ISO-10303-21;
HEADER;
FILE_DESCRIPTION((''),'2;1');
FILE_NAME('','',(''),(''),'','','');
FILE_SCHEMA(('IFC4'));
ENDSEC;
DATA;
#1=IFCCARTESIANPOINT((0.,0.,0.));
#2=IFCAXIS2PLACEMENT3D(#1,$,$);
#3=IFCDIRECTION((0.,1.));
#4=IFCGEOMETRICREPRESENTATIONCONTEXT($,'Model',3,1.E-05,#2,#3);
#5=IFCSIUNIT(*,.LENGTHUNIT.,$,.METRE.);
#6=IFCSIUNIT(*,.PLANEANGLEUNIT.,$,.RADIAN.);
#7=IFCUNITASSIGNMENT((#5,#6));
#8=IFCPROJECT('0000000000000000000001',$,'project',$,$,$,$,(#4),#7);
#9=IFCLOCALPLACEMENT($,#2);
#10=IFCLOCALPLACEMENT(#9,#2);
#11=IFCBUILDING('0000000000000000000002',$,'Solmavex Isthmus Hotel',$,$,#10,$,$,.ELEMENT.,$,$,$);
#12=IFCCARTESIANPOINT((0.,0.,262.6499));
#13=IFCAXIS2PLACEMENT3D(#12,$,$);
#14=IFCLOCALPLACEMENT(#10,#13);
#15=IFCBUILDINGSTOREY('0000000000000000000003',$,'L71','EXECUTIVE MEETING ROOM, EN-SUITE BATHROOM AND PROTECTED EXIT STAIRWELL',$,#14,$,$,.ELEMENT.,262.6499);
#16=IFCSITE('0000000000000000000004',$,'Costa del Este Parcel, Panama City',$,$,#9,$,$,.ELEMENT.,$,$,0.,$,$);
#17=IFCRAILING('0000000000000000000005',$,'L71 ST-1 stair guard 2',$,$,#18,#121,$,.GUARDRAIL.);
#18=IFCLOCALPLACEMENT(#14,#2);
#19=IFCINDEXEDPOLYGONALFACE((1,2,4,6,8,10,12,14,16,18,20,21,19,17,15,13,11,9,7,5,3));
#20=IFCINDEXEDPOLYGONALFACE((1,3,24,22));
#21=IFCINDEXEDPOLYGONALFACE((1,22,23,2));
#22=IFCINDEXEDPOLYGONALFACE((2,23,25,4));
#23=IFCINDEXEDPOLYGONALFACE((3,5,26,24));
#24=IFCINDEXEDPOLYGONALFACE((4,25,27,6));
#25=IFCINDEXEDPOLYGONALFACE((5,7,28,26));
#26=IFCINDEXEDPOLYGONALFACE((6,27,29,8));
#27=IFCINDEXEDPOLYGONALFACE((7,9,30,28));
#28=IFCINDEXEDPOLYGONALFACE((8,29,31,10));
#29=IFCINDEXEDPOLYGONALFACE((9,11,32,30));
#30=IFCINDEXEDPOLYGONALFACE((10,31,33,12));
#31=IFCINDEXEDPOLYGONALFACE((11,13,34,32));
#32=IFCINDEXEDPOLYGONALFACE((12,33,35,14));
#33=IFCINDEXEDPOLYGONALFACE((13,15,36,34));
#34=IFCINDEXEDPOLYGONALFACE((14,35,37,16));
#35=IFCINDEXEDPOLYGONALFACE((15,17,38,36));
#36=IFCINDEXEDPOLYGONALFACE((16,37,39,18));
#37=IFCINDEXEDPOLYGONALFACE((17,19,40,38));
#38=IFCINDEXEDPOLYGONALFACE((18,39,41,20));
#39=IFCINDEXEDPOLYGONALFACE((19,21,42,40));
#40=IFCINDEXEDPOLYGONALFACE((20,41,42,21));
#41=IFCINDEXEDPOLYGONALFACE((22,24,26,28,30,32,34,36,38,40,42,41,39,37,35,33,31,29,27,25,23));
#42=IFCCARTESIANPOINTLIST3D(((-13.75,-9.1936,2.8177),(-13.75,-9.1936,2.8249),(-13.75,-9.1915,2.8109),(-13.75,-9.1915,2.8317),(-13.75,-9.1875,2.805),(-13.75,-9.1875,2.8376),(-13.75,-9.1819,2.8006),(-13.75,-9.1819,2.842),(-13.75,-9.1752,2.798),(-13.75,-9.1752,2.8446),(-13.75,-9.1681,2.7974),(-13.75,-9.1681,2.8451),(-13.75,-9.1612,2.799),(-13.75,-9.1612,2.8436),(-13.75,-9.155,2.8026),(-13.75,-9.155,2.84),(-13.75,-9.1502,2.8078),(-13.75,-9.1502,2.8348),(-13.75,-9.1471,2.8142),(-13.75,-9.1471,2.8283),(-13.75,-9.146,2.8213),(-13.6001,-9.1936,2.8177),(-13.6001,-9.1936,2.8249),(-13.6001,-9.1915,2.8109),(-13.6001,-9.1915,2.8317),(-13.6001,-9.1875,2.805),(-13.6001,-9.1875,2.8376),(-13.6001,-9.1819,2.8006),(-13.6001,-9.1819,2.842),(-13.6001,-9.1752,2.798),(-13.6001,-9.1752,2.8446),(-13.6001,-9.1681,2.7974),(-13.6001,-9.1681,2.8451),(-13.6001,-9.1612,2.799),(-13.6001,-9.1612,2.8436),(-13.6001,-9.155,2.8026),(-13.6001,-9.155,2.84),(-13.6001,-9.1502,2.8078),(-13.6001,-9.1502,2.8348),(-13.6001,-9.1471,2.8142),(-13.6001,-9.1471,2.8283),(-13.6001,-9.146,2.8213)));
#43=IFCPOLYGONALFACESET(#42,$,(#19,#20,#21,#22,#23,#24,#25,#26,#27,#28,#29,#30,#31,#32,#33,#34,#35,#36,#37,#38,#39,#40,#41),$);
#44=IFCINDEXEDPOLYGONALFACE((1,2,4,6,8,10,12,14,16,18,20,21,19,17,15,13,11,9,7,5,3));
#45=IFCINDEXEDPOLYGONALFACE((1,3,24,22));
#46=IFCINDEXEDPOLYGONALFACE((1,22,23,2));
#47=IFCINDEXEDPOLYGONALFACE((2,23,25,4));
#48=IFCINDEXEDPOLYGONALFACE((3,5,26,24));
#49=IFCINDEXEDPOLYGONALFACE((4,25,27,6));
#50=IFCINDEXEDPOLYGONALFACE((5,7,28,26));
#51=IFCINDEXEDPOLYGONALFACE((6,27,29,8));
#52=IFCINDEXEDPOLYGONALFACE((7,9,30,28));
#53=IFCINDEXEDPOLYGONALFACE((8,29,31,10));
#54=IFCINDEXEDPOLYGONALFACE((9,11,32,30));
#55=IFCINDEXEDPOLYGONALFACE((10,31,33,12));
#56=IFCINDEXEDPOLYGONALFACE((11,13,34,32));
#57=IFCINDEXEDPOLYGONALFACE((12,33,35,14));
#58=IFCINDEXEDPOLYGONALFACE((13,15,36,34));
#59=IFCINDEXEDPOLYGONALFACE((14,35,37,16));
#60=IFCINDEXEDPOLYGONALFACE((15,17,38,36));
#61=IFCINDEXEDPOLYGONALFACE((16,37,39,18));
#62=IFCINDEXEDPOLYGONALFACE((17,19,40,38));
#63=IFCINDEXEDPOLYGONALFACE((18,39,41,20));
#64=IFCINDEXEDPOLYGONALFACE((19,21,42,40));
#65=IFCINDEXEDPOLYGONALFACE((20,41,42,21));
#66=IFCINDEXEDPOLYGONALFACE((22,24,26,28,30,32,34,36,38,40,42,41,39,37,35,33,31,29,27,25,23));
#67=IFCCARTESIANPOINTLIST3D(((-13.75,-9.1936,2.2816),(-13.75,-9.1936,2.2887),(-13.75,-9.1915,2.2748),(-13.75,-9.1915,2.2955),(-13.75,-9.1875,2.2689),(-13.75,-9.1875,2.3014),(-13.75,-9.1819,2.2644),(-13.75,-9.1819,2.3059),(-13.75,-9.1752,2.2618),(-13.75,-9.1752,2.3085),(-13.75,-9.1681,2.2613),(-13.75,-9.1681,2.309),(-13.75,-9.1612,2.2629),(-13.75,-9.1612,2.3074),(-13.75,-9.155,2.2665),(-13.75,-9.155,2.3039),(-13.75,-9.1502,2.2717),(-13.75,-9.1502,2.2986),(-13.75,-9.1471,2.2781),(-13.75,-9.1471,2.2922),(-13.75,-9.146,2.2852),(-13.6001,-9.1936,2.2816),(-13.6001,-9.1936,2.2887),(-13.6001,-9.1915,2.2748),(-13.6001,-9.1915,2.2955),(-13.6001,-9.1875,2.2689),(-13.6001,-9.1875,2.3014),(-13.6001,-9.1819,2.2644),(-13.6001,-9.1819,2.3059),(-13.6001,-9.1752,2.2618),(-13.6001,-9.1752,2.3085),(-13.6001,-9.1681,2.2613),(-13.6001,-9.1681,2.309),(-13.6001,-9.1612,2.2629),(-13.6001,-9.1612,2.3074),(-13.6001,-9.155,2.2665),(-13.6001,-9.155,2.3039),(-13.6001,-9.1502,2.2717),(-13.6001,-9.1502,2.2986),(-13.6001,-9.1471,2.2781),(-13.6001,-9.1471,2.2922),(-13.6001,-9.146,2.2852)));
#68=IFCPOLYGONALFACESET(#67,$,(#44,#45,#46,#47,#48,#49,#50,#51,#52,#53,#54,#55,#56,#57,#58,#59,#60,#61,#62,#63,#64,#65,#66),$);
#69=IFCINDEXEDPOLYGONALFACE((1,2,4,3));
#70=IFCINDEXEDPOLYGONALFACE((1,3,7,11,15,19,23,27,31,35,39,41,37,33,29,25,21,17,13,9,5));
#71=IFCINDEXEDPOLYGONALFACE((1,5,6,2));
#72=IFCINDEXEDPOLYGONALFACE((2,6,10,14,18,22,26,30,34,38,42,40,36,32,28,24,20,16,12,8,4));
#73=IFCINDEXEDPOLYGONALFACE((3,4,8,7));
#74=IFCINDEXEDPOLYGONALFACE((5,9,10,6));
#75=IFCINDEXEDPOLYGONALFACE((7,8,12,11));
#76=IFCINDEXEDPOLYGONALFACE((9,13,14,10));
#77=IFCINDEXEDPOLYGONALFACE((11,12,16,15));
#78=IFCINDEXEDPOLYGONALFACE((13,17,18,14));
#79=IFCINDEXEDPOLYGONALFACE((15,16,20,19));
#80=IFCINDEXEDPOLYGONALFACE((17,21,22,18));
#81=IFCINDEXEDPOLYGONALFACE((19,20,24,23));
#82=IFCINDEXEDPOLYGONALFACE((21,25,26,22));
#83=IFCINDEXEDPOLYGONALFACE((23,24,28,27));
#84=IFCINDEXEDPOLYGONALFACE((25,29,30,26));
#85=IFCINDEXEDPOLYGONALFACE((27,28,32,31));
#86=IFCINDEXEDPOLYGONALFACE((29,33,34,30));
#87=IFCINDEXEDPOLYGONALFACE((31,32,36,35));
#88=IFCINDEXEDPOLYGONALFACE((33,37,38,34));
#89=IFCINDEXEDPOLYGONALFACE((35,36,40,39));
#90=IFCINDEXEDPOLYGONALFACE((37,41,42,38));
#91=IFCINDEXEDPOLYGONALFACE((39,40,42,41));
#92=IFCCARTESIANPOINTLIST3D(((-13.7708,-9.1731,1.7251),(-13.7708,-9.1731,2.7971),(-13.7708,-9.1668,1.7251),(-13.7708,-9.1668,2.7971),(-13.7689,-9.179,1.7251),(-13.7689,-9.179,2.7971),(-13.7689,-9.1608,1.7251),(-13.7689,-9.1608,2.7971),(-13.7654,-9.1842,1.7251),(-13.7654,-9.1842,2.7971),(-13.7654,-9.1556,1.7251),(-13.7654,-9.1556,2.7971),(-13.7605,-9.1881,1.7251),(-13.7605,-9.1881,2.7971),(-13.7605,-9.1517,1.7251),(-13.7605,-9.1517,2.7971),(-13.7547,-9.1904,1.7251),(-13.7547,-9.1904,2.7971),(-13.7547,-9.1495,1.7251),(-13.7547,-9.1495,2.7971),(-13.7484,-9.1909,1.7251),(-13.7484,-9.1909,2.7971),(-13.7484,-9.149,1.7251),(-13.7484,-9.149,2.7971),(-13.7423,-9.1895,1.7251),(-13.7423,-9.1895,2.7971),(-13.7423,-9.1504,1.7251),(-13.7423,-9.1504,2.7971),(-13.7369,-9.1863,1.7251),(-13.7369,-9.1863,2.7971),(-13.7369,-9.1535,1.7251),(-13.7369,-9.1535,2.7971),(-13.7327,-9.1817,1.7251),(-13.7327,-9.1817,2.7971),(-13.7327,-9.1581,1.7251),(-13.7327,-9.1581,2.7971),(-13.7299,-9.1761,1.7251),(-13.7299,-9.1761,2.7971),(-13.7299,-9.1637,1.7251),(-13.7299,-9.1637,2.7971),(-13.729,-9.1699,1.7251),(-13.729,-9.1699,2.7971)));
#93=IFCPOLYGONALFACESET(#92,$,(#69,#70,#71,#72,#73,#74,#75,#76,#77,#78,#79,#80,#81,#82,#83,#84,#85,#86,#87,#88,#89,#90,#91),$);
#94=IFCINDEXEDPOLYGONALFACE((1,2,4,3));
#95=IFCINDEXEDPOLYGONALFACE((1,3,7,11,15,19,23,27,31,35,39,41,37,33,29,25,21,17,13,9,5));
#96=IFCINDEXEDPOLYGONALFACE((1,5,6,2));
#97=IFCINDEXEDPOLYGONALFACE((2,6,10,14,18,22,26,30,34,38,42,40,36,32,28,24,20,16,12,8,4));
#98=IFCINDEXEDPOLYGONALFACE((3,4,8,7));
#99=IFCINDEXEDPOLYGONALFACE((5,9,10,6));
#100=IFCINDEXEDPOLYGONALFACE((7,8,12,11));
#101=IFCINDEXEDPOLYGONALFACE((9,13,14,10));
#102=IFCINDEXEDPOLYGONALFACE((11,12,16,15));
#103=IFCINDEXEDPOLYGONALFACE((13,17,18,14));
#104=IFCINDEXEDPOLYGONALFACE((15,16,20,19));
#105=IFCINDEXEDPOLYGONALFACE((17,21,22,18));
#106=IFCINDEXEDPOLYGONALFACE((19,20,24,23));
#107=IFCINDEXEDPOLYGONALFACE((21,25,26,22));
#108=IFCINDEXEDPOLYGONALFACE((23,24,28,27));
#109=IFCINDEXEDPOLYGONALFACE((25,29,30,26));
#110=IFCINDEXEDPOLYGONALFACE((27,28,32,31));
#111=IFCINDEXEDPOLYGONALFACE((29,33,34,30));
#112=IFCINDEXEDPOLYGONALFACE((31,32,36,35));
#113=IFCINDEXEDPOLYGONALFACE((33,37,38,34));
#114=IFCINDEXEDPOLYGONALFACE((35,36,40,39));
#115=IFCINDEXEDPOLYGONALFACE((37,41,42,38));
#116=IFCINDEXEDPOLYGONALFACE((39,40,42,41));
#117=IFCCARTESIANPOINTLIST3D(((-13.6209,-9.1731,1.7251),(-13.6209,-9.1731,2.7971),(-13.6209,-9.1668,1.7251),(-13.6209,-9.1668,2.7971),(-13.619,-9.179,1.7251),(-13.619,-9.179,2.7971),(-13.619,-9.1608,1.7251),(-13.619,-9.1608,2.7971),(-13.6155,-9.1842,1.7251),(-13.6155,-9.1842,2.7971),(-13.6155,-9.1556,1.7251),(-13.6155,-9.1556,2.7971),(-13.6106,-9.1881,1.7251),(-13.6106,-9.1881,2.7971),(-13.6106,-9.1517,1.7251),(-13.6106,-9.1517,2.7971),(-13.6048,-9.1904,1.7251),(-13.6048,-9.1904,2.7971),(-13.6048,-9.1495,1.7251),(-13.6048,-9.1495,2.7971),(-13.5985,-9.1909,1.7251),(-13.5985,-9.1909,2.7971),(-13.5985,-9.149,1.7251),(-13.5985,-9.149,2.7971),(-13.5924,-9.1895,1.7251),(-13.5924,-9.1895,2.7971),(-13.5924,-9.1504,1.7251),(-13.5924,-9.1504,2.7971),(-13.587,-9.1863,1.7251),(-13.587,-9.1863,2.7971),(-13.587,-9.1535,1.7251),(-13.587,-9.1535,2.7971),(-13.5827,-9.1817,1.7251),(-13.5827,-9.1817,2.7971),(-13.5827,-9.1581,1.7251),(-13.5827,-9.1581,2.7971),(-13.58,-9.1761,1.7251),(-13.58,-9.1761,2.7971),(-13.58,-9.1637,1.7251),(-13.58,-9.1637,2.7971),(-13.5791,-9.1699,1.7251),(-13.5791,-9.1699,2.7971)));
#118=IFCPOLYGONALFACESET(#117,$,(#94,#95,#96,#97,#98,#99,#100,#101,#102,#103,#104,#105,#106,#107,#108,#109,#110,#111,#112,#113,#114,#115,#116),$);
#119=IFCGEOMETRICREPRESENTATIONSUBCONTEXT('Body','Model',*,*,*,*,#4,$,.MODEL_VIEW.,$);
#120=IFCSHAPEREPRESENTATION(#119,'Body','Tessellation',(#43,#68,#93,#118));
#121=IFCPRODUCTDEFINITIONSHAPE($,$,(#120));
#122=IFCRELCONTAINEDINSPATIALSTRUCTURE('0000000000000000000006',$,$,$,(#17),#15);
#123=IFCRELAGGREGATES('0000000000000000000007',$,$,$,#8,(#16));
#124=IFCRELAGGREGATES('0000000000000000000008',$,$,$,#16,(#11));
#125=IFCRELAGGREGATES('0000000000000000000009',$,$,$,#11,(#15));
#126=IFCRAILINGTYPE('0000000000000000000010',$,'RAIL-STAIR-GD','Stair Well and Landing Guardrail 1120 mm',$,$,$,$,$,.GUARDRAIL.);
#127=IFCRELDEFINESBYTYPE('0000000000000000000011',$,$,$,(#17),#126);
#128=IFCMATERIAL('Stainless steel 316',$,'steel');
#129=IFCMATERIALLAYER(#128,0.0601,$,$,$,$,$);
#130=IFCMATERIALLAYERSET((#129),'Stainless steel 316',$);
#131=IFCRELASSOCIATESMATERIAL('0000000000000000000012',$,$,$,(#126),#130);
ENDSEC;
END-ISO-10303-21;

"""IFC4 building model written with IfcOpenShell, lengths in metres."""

from ifc_helpers import new_model, si_unit, direction, frame, origin, origin_2d, place, context, subcontext, project, spatial, circle, extrude, material, layer, layer_set, type_object, element, save


model = new_model("IFC4")

# Units and contexts
model_context = context("Model", 3, precision=1e-05, world=origin(), true_north=direction((0.0, 1.0)))
body_context = subcontext(model_context, "Body", "Model", "MODEL_VIEW")
ifc_project = project(units=[si_unit("LENGTHUNIT", "METRE"), si_unit("PLANEANGLEUNIT", "RADIAN")], contexts=[model_context])

# Site, building, storey
site_placement = place(None, origin())
site = spatial("IfcSite", under=ifc_project, at=site_placement, Name="Costa del Este Parcel, Panama City", CompositionType="ELEMENT", RefElevation=0.0)
building_placement = place(site_placement, origin())
building = spatial("IfcBuilding", under=site, at=building_placement, Name="Solmavex Isthmus Hotel", CompositionType="ELEMENT")
storey_placement = place(building_placement, frame((0.0, 0.0, 262.6499)))
storey = spatial("IfcBuildingStorey", under=building, at=storey_placement, Name="L71", Description="EXECUTIVE MEETING ROOM, EN-SUITE BATHROOM AND PROTECTED EXIT STAIRWELL", CompositionType="ELEMENT", Elevation=262.6499)

# Shared definitions
ifc_material_1 = material(Name="Stainless steel 316", Category="steel")

# Railing
ifc_layer_1 = layer(ifc_material_1, 0.0601)
ifc_layer_set_1 = layer_set([ifc_layer_1], Name="Stainless steel 316")
railing_type_1 = type_object("IfcRailingType", Name="RAIL-STAIR-GD", Description="Stair Well and Landing Guardrail 1120 mm", PredefinedType="GUARDRAIL", material=ifc_layer_set_1)
railing_1_placement = place(storey_placement, frame((-13.75, -9.1699, 1.7251)))
element("IfcRailing", 1, at=railing_1_placement, inside=storey, type_object=railing_type_1, Name="L71 ST-1 stair guard 2", PredefinedType="GUARDRAIL", context=body_context, shape_type="SweptSolid", body=[
    extrude(circle(Radius=0.0239, at=origin_2d()), frame((0.0, 0.0, 1.0962), z_axis=(1.0, 0.0, 0.0), x_axis=(0.0, 1.0, 0.0)), (0.0, 0.0, 1.0), 0.1499),
    extrude(circle(Radius=0.0239, at=origin_2d()), frame((0.0, 0.0, 0.5601), z_axis=(1.0, 0.0, 0.0), x_axis=(0.0, 1.0, 0.0)), (0.0, 0.0, 1.0), 0.1499),
    extrude(circle(Radius=0.021, at=origin_2d()), origin(), (0.0, 0.0, 1.0), 1.072),
    extrude(circle(Radius=0.021, at=origin_2d()), frame((0.1499, 0.0, 0.0)), (0.0, 0.0, 1.0), 1.072),
])

save(model, "model.ifc")
